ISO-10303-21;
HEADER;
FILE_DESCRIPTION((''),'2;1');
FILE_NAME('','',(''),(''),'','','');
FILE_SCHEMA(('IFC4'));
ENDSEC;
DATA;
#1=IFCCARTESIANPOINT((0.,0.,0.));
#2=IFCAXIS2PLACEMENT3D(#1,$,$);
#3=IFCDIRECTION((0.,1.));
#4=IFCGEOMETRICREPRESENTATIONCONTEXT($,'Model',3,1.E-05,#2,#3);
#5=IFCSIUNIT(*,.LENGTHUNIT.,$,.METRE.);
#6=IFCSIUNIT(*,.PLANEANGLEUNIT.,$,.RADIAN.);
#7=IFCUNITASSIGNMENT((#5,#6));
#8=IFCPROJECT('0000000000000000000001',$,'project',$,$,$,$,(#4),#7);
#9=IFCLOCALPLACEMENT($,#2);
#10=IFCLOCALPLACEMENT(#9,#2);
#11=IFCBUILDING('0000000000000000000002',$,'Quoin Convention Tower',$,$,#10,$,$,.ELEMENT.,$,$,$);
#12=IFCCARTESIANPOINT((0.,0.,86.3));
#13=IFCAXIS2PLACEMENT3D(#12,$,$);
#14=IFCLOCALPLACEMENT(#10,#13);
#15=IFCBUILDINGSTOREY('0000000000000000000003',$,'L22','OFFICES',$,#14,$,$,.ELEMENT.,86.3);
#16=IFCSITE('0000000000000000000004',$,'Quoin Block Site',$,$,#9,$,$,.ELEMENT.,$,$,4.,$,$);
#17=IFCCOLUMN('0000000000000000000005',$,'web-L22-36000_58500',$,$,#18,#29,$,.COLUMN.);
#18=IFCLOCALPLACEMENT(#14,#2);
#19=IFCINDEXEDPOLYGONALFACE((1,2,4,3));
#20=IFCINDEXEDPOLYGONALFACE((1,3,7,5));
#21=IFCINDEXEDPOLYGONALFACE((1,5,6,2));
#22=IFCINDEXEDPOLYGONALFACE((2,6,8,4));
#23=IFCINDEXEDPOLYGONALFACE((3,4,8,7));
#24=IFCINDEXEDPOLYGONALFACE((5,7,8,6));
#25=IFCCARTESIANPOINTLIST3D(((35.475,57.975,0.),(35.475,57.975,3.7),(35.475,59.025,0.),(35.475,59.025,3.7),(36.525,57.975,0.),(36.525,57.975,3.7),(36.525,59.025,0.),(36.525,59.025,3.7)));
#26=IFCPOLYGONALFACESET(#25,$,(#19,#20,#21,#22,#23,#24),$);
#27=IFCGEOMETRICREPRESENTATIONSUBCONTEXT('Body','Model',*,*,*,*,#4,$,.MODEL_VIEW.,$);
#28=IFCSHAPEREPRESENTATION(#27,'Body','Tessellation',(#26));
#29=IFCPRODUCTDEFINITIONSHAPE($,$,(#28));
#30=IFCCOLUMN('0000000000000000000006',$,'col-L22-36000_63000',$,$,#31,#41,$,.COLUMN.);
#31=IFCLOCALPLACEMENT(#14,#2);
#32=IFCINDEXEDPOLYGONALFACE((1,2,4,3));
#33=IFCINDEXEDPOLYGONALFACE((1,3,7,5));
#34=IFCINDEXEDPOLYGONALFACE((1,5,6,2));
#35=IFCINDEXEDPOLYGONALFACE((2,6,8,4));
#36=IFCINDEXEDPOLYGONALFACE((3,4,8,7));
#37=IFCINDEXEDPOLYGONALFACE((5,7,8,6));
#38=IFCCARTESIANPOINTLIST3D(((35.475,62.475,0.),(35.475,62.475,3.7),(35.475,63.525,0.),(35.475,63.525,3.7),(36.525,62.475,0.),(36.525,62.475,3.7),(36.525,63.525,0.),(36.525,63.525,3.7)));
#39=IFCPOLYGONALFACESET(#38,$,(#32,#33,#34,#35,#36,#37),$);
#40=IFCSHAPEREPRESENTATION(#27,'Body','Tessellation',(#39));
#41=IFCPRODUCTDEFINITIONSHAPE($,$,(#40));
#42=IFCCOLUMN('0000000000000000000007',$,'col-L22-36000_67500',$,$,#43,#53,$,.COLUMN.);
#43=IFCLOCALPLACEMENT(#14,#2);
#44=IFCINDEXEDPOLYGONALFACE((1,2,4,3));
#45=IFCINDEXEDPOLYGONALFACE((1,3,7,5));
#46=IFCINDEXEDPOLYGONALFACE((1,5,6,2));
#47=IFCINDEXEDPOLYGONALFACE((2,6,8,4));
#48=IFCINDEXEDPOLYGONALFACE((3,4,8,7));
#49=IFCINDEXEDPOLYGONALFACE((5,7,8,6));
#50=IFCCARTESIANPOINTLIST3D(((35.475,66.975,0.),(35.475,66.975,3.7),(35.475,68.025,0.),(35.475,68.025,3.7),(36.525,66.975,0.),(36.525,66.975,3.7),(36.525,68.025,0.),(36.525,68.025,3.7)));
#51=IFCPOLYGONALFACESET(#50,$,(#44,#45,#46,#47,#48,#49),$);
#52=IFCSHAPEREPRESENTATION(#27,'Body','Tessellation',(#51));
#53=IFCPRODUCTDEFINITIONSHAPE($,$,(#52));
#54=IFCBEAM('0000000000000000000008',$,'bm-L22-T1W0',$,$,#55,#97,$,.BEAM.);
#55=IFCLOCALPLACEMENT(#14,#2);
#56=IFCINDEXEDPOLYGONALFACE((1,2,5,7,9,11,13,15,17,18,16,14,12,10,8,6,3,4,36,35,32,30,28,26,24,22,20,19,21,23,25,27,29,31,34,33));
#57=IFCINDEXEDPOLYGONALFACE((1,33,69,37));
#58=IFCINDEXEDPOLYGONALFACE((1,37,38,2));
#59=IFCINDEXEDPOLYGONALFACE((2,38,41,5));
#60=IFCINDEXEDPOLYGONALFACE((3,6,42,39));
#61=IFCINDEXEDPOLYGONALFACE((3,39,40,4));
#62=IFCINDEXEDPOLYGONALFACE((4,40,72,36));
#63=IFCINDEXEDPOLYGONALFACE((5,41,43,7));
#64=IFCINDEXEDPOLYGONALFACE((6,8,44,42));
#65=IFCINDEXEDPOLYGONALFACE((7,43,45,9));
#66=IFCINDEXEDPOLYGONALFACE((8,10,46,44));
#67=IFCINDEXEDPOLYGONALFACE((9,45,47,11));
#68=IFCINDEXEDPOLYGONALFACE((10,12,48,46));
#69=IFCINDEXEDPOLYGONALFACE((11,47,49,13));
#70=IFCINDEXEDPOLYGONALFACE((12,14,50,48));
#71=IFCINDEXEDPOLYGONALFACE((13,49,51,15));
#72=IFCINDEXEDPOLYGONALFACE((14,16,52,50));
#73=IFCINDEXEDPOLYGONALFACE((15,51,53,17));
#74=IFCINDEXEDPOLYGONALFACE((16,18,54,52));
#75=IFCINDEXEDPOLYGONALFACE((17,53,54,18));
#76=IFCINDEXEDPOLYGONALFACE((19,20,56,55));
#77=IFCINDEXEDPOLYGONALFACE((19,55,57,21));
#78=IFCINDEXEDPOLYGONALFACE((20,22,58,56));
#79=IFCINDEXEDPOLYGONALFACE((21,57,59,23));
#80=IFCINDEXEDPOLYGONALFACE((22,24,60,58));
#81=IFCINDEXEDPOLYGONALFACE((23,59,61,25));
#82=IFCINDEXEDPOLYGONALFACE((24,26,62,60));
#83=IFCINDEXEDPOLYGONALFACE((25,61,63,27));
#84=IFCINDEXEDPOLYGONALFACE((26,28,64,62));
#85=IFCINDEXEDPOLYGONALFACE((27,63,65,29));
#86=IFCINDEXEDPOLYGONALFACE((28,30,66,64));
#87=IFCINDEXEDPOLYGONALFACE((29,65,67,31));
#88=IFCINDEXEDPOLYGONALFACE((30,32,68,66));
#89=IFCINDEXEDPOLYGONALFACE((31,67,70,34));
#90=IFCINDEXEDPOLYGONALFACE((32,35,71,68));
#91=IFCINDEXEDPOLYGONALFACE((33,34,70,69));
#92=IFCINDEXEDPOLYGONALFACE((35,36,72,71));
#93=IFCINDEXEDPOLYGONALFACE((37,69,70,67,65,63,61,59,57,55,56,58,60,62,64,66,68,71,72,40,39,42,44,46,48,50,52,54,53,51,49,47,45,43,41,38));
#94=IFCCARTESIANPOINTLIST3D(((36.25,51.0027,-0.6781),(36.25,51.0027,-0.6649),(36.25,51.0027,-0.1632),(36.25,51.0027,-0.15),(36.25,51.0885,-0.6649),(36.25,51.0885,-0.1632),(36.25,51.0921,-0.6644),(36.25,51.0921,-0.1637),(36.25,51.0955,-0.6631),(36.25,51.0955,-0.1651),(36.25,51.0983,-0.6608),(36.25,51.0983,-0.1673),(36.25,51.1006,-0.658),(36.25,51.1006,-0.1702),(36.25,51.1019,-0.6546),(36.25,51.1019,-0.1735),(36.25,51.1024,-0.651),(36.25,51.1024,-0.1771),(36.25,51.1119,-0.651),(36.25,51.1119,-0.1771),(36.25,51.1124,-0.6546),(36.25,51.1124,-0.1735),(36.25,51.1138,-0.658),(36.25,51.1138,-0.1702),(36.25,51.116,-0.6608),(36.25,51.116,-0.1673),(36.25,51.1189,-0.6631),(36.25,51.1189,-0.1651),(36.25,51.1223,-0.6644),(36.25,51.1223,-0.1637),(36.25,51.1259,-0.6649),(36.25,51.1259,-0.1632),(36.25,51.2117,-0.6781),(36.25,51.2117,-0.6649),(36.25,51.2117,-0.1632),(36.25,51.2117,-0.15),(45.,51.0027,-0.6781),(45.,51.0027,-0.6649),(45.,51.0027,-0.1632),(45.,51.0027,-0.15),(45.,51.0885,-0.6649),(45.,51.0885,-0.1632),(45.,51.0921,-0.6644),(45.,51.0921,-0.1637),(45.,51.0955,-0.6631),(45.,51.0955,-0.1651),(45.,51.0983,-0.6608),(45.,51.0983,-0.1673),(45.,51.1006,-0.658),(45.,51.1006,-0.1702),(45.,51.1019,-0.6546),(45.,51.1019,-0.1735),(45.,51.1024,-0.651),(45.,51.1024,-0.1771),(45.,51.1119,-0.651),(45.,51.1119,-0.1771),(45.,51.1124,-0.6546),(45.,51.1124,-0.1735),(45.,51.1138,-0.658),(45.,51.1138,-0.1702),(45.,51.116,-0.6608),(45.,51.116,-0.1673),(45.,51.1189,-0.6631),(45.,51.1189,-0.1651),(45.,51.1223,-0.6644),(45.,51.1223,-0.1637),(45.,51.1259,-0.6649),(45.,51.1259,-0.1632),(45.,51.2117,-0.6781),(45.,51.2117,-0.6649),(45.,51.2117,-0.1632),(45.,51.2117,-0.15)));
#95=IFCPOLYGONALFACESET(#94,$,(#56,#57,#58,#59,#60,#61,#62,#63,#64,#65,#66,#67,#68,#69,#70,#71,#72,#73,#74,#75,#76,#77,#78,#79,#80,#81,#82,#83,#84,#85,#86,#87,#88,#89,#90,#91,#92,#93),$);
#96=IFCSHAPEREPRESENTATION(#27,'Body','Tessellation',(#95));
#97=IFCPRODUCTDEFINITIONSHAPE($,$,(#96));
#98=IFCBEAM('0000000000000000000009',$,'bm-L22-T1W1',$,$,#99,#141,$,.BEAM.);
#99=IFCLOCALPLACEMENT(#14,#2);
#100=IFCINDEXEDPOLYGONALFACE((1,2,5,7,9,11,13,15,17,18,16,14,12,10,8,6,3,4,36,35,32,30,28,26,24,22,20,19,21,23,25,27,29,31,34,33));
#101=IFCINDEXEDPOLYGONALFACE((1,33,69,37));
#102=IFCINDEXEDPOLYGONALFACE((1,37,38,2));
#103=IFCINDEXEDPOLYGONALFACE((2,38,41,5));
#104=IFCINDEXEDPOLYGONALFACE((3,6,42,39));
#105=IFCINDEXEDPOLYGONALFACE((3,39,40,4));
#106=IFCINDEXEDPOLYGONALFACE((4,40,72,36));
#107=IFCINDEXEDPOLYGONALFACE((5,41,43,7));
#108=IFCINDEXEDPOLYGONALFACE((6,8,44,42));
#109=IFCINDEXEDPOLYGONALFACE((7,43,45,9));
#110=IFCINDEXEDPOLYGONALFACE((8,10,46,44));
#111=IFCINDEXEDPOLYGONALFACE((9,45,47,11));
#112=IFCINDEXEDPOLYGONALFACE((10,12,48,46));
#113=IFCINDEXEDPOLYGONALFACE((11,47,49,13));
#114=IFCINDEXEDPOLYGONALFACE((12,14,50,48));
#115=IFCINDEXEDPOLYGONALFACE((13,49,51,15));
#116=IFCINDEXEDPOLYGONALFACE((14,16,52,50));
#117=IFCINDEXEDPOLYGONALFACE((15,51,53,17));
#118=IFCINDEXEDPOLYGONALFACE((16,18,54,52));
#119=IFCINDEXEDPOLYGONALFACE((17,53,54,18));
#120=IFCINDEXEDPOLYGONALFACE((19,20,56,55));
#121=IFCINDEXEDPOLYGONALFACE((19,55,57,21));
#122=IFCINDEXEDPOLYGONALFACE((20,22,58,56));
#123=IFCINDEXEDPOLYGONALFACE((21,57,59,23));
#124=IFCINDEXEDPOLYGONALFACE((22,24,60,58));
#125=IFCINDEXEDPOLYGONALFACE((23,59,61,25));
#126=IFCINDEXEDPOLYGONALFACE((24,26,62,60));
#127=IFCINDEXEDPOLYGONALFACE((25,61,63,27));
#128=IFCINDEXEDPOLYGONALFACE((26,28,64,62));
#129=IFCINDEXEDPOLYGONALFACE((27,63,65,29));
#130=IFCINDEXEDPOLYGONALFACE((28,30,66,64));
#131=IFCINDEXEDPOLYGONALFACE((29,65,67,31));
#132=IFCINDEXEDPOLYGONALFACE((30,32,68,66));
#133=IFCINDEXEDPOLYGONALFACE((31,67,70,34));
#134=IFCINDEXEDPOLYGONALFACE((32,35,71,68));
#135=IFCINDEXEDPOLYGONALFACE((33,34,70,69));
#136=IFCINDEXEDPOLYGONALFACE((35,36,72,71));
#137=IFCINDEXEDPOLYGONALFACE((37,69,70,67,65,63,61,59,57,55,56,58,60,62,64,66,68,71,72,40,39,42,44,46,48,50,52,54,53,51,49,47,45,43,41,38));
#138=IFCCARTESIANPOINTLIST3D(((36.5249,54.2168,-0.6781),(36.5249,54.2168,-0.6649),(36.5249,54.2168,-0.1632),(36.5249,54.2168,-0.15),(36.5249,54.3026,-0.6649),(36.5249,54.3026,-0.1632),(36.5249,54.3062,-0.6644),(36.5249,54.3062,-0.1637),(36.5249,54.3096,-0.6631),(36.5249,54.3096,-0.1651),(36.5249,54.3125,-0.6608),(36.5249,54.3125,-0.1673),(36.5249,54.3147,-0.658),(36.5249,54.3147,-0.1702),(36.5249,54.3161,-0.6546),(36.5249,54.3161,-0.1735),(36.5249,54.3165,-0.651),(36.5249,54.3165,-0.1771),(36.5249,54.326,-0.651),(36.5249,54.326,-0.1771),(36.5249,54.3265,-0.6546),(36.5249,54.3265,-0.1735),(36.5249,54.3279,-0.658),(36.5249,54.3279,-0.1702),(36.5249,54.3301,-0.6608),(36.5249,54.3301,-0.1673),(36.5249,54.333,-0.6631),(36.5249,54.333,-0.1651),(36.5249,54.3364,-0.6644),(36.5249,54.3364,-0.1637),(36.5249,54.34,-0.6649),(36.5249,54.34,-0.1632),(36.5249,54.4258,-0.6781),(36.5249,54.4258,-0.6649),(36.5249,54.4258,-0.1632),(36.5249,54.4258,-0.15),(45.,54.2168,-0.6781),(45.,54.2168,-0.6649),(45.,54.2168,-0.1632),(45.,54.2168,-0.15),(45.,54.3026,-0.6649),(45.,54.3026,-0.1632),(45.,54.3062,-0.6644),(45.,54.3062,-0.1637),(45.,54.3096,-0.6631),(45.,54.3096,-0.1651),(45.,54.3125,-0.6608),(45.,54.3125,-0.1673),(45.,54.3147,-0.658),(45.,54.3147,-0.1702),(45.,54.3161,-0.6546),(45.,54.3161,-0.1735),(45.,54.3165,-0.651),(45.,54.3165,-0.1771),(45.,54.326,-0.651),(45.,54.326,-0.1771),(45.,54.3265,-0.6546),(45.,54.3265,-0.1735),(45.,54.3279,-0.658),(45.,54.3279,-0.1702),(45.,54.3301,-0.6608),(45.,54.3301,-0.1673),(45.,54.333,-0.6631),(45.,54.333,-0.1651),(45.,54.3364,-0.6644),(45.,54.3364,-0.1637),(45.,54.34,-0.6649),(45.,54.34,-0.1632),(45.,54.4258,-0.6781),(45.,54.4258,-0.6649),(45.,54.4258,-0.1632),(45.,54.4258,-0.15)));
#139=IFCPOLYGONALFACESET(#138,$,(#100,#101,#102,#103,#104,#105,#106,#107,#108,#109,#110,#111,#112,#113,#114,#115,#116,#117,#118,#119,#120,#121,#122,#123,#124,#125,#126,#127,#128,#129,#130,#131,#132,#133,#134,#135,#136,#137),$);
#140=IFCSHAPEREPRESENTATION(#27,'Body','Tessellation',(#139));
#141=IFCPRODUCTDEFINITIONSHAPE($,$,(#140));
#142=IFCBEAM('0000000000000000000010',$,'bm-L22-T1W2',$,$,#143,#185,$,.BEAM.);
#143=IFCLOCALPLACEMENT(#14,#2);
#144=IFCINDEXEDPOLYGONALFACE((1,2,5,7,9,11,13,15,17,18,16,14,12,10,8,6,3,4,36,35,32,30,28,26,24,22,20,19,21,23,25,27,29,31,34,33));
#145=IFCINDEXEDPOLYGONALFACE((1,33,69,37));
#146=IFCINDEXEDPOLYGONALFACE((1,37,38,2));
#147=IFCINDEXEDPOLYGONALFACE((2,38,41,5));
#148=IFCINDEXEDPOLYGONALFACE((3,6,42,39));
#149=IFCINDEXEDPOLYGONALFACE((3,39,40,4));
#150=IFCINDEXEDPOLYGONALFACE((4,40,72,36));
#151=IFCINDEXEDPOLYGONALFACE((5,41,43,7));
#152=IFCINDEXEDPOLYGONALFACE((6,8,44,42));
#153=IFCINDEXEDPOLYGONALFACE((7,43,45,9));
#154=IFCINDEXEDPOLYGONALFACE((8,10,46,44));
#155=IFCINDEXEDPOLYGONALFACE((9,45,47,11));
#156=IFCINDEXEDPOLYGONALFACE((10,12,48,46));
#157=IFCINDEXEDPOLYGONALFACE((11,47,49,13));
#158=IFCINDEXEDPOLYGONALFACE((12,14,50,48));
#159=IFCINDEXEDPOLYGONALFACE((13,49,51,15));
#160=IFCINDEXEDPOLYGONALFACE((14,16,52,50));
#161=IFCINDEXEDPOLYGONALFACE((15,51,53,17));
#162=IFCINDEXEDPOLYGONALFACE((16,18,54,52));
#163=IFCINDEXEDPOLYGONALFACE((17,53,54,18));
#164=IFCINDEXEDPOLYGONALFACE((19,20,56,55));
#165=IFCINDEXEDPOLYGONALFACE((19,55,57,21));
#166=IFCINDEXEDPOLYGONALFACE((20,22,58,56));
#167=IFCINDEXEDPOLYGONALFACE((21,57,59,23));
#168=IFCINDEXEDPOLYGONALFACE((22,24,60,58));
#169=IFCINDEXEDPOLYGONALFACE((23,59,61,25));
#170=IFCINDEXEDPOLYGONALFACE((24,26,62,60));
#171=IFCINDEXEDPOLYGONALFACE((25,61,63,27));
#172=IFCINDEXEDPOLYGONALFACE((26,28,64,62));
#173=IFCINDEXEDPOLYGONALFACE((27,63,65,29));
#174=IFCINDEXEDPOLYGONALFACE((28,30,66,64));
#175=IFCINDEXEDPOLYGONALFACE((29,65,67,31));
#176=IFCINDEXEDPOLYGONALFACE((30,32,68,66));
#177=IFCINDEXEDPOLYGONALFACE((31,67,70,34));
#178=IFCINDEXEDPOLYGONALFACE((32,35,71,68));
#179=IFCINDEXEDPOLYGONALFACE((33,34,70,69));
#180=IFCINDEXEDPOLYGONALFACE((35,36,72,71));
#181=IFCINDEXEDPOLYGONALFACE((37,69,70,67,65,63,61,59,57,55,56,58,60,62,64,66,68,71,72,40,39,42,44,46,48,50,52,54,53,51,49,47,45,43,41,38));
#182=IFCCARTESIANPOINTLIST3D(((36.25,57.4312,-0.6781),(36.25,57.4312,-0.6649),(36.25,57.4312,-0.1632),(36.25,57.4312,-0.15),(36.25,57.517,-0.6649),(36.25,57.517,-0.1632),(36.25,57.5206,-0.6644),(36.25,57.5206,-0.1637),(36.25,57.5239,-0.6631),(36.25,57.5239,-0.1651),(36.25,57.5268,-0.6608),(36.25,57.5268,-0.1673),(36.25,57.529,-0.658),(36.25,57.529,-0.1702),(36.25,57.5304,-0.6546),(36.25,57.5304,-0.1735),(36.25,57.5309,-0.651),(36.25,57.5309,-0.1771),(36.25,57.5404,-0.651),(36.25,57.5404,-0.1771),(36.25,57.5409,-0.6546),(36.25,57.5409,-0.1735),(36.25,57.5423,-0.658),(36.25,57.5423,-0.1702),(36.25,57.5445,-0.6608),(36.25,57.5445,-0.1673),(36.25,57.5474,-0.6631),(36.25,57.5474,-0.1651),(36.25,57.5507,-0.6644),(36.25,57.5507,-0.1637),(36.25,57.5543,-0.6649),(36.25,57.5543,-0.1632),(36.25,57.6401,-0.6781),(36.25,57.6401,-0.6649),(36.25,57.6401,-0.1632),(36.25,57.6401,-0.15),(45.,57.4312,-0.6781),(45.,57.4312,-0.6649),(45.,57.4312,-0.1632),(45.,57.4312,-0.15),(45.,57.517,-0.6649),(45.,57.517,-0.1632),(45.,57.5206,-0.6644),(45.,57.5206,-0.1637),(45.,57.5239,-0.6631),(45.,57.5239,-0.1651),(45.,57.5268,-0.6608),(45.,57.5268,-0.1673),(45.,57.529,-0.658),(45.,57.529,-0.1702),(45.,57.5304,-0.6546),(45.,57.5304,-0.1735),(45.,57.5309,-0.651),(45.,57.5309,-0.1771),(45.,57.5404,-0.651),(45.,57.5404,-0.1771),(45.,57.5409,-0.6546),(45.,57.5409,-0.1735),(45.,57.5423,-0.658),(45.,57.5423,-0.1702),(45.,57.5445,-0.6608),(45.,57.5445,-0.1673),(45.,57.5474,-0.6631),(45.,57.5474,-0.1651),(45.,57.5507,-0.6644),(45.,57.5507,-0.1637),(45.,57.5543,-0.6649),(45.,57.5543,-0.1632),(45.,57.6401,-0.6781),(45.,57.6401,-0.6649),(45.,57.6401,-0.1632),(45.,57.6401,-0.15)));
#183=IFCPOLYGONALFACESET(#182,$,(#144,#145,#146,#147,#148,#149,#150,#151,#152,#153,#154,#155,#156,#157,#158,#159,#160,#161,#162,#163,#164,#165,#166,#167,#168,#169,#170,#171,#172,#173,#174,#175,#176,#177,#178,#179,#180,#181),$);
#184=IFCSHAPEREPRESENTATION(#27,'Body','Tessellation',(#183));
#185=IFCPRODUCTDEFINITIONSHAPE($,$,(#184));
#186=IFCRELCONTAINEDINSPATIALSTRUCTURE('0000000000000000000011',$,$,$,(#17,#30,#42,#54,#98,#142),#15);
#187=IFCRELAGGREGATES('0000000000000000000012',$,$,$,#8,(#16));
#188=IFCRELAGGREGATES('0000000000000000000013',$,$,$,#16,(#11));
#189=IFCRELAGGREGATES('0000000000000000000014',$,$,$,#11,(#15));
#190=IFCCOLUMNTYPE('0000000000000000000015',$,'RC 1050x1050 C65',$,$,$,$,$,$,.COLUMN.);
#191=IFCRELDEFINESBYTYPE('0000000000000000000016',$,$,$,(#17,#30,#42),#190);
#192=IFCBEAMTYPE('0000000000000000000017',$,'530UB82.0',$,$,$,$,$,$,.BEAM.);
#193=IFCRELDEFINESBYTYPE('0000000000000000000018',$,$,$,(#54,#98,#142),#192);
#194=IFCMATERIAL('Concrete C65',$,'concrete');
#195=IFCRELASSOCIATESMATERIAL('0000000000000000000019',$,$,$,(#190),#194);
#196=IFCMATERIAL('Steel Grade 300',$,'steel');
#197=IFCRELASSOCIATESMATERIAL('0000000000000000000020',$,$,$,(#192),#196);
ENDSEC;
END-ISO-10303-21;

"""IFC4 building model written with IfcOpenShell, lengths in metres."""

from ifc_helpers import new_model, si_unit, direction, frame, origin, origin_2d, place, context, subcontext, project, spatial, rectangle, i_section, extrude, material, material_profile, profile_set, type_object, element, save


model = new_model("IFC4")

# Units and contexts
model_context = context("Model", 3, precision=1e-05, world=origin(), true_north=direction((0.0, 1.0)))
body_context = subcontext(model_context, "Body", "Model", "MODEL_VIEW")
ifc_project = project(units=[si_unit("LENGTHUNIT", "METRE"), si_unit("PLANEANGLEUNIT", "RADIAN")], contexts=[model_context])

# Site, building, storey
site_placement = place(None, origin())
site = spatial("IfcSite", under=ifc_project, at=site_placement, Name="Quoin Block Site", CompositionType="ELEMENT", RefElevation=4.0)
building_placement = place(site_placement, origin())
building = spatial("IfcBuilding", under=site, at=building_placement, Name="Quoin Convention Tower", CompositionType="ELEMENT")
storey_placement = place(building_placement, frame((0.0, 0.0, 86.3)))
storey = spatial("IfcBuildingStorey", under=building, at=storey_placement, Name="L22", Description="OFFICES", CompositionType="ELEMENT", Elevation=86.3)

# Columns
ifc_material_1 = material(Name="Concrete C65", Category="concrete")
ifc_material_profile_1 = material_profile(ifc_material_1, rectangle(XDim=1.05, YDim=1.05, at=origin_2d()), Name="RC 1050x1050")
ifc_profile_set_1 = profile_set([ifc_material_profile_1], Name="Concrete C65")
column_type = type_object("IfcColumnType", Name="RC 1050x1050 C65", PredefinedType="COLUMN", material=ifc_profile_set_1)
for number, where, z_axis, x_axis, name in (
    (1, (36.0, 58.5, 0.0), (0.0, 0.0, 1.0), (1.0, 0.0, 0.0), "web-L22-36000_58500"),
    (2, (36.0, 63.0, 0.0), (0.0, 0.0, 1.0), (1.0, 0.0, 0.0), "col-L22-36000_63000"),
    (3, (36.0, 67.5, 0.0), (0.0, 0.0, 1.0), (1.0, 0.0, 0.0), "col-L22-36000_67500"),
):
    element("IfcColumn", number, at=place(storey_placement, frame(where, z_axis=z_axis, x_axis=x_axis)), inside=storey, type_object=column_type, Name=name, PredefinedType="COLUMN", context=body_context, shape_type="SweptSolid", body=[
        extrude(rectangle(XDim=1.05, YDim=1.05, at=origin_2d()), origin(), (0.0, 0.0, 1.0), 3.7),
    ])

# Beams
ifc_material_2 = material(Name="Steel Grade 300", Category="steel")
ifc_material_profile_2 = material_profile(ifc_material_2, i_section(OverallWidth=0.209, OverallDepth=0.5281, WebThickness=0.0095, FlangeThickness=0.0132, FilletRadius=0.0139, at=origin_2d()), Name="530UB82.0")
ifc_profile_set_2 = profile_set([ifc_material_profile_2], Name="Steel Grade 300")
beam_type_1 = type_object("IfcBeamType", Name="530UB82.0", PredefinedType="BEAM", material=ifc_profile_set_2)
beam_1_placement = place(storey_placement, frame((36.25, 51.1072, -0.4141), z_axis=(1.0, 0.0, 0.0), x_axis=(0.0, 1.0, 0.0)))
element("IfcBeam", 4, at=beam_1_placement, inside=storey, type_object=beam_type_1, Name="bm-L22-T1W0", PredefinedType="BEAM", context=body_context, shape_type="SweptSolid", body=[
    extrude(i_section(OverallWidth=0.209, OverallDepth=0.5281, WebThickness=0.0095, FlangeThickness=0.0132, FilletRadius=0.0139, at=origin_2d()), origin(), (0.0, 0.0, 1.0), 8.75),
])
beam_2_placement = place(storey_placement, frame((36.5249, 54.3213, -0.4141), z_axis=(1.0, 0.0, 0.0), x_axis=(0.0, 1.0, 0.0)))
element("IfcBeam", 5, at=beam_2_placement, inside=storey, type_object=beam_type_1, Name="bm-L22-T1W1", PredefinedType="BEAM", context=body_context, shape_type="SweptSolid", body=[
    extrude(i_section(OverallWidth=0.209, OverallDepth=0.5281, WebThickness=0.0095, FlangeThickness=0.0132, FilletRadius=0.0139, at=origin_2d()), origin(), (0.0, 0.0, 1.0), 8.4751),
])
for number, where, z_axis, x_axis, name in (
    (6, (36.25, 57.5356, -0.4141), (1.0, 0.0, 0.0), (0.0, 1.0, 0.0), "bm-L22-T1W2"),
):
    element("IfcBeam", number, at=place(storey_placement, frame(where, z_axis=z_axis, x_axis=x_axis)), inside=storey, type_object=beam_type_1, Name=name, PredefinedType="BEAM", context=body_context, shape_type="SweptSolid", body=[
        extrude(i_section(OverallWidth=0.209, OverallDepth=0.5281, WebThickness=0.0095, FlangeThickness=0.0132, FilletRadius=0.0139, at=origin_2d()), origin(), (0.0, 0.0, 1.0), 8.75),
    ])

save(model, "model.ifc")
